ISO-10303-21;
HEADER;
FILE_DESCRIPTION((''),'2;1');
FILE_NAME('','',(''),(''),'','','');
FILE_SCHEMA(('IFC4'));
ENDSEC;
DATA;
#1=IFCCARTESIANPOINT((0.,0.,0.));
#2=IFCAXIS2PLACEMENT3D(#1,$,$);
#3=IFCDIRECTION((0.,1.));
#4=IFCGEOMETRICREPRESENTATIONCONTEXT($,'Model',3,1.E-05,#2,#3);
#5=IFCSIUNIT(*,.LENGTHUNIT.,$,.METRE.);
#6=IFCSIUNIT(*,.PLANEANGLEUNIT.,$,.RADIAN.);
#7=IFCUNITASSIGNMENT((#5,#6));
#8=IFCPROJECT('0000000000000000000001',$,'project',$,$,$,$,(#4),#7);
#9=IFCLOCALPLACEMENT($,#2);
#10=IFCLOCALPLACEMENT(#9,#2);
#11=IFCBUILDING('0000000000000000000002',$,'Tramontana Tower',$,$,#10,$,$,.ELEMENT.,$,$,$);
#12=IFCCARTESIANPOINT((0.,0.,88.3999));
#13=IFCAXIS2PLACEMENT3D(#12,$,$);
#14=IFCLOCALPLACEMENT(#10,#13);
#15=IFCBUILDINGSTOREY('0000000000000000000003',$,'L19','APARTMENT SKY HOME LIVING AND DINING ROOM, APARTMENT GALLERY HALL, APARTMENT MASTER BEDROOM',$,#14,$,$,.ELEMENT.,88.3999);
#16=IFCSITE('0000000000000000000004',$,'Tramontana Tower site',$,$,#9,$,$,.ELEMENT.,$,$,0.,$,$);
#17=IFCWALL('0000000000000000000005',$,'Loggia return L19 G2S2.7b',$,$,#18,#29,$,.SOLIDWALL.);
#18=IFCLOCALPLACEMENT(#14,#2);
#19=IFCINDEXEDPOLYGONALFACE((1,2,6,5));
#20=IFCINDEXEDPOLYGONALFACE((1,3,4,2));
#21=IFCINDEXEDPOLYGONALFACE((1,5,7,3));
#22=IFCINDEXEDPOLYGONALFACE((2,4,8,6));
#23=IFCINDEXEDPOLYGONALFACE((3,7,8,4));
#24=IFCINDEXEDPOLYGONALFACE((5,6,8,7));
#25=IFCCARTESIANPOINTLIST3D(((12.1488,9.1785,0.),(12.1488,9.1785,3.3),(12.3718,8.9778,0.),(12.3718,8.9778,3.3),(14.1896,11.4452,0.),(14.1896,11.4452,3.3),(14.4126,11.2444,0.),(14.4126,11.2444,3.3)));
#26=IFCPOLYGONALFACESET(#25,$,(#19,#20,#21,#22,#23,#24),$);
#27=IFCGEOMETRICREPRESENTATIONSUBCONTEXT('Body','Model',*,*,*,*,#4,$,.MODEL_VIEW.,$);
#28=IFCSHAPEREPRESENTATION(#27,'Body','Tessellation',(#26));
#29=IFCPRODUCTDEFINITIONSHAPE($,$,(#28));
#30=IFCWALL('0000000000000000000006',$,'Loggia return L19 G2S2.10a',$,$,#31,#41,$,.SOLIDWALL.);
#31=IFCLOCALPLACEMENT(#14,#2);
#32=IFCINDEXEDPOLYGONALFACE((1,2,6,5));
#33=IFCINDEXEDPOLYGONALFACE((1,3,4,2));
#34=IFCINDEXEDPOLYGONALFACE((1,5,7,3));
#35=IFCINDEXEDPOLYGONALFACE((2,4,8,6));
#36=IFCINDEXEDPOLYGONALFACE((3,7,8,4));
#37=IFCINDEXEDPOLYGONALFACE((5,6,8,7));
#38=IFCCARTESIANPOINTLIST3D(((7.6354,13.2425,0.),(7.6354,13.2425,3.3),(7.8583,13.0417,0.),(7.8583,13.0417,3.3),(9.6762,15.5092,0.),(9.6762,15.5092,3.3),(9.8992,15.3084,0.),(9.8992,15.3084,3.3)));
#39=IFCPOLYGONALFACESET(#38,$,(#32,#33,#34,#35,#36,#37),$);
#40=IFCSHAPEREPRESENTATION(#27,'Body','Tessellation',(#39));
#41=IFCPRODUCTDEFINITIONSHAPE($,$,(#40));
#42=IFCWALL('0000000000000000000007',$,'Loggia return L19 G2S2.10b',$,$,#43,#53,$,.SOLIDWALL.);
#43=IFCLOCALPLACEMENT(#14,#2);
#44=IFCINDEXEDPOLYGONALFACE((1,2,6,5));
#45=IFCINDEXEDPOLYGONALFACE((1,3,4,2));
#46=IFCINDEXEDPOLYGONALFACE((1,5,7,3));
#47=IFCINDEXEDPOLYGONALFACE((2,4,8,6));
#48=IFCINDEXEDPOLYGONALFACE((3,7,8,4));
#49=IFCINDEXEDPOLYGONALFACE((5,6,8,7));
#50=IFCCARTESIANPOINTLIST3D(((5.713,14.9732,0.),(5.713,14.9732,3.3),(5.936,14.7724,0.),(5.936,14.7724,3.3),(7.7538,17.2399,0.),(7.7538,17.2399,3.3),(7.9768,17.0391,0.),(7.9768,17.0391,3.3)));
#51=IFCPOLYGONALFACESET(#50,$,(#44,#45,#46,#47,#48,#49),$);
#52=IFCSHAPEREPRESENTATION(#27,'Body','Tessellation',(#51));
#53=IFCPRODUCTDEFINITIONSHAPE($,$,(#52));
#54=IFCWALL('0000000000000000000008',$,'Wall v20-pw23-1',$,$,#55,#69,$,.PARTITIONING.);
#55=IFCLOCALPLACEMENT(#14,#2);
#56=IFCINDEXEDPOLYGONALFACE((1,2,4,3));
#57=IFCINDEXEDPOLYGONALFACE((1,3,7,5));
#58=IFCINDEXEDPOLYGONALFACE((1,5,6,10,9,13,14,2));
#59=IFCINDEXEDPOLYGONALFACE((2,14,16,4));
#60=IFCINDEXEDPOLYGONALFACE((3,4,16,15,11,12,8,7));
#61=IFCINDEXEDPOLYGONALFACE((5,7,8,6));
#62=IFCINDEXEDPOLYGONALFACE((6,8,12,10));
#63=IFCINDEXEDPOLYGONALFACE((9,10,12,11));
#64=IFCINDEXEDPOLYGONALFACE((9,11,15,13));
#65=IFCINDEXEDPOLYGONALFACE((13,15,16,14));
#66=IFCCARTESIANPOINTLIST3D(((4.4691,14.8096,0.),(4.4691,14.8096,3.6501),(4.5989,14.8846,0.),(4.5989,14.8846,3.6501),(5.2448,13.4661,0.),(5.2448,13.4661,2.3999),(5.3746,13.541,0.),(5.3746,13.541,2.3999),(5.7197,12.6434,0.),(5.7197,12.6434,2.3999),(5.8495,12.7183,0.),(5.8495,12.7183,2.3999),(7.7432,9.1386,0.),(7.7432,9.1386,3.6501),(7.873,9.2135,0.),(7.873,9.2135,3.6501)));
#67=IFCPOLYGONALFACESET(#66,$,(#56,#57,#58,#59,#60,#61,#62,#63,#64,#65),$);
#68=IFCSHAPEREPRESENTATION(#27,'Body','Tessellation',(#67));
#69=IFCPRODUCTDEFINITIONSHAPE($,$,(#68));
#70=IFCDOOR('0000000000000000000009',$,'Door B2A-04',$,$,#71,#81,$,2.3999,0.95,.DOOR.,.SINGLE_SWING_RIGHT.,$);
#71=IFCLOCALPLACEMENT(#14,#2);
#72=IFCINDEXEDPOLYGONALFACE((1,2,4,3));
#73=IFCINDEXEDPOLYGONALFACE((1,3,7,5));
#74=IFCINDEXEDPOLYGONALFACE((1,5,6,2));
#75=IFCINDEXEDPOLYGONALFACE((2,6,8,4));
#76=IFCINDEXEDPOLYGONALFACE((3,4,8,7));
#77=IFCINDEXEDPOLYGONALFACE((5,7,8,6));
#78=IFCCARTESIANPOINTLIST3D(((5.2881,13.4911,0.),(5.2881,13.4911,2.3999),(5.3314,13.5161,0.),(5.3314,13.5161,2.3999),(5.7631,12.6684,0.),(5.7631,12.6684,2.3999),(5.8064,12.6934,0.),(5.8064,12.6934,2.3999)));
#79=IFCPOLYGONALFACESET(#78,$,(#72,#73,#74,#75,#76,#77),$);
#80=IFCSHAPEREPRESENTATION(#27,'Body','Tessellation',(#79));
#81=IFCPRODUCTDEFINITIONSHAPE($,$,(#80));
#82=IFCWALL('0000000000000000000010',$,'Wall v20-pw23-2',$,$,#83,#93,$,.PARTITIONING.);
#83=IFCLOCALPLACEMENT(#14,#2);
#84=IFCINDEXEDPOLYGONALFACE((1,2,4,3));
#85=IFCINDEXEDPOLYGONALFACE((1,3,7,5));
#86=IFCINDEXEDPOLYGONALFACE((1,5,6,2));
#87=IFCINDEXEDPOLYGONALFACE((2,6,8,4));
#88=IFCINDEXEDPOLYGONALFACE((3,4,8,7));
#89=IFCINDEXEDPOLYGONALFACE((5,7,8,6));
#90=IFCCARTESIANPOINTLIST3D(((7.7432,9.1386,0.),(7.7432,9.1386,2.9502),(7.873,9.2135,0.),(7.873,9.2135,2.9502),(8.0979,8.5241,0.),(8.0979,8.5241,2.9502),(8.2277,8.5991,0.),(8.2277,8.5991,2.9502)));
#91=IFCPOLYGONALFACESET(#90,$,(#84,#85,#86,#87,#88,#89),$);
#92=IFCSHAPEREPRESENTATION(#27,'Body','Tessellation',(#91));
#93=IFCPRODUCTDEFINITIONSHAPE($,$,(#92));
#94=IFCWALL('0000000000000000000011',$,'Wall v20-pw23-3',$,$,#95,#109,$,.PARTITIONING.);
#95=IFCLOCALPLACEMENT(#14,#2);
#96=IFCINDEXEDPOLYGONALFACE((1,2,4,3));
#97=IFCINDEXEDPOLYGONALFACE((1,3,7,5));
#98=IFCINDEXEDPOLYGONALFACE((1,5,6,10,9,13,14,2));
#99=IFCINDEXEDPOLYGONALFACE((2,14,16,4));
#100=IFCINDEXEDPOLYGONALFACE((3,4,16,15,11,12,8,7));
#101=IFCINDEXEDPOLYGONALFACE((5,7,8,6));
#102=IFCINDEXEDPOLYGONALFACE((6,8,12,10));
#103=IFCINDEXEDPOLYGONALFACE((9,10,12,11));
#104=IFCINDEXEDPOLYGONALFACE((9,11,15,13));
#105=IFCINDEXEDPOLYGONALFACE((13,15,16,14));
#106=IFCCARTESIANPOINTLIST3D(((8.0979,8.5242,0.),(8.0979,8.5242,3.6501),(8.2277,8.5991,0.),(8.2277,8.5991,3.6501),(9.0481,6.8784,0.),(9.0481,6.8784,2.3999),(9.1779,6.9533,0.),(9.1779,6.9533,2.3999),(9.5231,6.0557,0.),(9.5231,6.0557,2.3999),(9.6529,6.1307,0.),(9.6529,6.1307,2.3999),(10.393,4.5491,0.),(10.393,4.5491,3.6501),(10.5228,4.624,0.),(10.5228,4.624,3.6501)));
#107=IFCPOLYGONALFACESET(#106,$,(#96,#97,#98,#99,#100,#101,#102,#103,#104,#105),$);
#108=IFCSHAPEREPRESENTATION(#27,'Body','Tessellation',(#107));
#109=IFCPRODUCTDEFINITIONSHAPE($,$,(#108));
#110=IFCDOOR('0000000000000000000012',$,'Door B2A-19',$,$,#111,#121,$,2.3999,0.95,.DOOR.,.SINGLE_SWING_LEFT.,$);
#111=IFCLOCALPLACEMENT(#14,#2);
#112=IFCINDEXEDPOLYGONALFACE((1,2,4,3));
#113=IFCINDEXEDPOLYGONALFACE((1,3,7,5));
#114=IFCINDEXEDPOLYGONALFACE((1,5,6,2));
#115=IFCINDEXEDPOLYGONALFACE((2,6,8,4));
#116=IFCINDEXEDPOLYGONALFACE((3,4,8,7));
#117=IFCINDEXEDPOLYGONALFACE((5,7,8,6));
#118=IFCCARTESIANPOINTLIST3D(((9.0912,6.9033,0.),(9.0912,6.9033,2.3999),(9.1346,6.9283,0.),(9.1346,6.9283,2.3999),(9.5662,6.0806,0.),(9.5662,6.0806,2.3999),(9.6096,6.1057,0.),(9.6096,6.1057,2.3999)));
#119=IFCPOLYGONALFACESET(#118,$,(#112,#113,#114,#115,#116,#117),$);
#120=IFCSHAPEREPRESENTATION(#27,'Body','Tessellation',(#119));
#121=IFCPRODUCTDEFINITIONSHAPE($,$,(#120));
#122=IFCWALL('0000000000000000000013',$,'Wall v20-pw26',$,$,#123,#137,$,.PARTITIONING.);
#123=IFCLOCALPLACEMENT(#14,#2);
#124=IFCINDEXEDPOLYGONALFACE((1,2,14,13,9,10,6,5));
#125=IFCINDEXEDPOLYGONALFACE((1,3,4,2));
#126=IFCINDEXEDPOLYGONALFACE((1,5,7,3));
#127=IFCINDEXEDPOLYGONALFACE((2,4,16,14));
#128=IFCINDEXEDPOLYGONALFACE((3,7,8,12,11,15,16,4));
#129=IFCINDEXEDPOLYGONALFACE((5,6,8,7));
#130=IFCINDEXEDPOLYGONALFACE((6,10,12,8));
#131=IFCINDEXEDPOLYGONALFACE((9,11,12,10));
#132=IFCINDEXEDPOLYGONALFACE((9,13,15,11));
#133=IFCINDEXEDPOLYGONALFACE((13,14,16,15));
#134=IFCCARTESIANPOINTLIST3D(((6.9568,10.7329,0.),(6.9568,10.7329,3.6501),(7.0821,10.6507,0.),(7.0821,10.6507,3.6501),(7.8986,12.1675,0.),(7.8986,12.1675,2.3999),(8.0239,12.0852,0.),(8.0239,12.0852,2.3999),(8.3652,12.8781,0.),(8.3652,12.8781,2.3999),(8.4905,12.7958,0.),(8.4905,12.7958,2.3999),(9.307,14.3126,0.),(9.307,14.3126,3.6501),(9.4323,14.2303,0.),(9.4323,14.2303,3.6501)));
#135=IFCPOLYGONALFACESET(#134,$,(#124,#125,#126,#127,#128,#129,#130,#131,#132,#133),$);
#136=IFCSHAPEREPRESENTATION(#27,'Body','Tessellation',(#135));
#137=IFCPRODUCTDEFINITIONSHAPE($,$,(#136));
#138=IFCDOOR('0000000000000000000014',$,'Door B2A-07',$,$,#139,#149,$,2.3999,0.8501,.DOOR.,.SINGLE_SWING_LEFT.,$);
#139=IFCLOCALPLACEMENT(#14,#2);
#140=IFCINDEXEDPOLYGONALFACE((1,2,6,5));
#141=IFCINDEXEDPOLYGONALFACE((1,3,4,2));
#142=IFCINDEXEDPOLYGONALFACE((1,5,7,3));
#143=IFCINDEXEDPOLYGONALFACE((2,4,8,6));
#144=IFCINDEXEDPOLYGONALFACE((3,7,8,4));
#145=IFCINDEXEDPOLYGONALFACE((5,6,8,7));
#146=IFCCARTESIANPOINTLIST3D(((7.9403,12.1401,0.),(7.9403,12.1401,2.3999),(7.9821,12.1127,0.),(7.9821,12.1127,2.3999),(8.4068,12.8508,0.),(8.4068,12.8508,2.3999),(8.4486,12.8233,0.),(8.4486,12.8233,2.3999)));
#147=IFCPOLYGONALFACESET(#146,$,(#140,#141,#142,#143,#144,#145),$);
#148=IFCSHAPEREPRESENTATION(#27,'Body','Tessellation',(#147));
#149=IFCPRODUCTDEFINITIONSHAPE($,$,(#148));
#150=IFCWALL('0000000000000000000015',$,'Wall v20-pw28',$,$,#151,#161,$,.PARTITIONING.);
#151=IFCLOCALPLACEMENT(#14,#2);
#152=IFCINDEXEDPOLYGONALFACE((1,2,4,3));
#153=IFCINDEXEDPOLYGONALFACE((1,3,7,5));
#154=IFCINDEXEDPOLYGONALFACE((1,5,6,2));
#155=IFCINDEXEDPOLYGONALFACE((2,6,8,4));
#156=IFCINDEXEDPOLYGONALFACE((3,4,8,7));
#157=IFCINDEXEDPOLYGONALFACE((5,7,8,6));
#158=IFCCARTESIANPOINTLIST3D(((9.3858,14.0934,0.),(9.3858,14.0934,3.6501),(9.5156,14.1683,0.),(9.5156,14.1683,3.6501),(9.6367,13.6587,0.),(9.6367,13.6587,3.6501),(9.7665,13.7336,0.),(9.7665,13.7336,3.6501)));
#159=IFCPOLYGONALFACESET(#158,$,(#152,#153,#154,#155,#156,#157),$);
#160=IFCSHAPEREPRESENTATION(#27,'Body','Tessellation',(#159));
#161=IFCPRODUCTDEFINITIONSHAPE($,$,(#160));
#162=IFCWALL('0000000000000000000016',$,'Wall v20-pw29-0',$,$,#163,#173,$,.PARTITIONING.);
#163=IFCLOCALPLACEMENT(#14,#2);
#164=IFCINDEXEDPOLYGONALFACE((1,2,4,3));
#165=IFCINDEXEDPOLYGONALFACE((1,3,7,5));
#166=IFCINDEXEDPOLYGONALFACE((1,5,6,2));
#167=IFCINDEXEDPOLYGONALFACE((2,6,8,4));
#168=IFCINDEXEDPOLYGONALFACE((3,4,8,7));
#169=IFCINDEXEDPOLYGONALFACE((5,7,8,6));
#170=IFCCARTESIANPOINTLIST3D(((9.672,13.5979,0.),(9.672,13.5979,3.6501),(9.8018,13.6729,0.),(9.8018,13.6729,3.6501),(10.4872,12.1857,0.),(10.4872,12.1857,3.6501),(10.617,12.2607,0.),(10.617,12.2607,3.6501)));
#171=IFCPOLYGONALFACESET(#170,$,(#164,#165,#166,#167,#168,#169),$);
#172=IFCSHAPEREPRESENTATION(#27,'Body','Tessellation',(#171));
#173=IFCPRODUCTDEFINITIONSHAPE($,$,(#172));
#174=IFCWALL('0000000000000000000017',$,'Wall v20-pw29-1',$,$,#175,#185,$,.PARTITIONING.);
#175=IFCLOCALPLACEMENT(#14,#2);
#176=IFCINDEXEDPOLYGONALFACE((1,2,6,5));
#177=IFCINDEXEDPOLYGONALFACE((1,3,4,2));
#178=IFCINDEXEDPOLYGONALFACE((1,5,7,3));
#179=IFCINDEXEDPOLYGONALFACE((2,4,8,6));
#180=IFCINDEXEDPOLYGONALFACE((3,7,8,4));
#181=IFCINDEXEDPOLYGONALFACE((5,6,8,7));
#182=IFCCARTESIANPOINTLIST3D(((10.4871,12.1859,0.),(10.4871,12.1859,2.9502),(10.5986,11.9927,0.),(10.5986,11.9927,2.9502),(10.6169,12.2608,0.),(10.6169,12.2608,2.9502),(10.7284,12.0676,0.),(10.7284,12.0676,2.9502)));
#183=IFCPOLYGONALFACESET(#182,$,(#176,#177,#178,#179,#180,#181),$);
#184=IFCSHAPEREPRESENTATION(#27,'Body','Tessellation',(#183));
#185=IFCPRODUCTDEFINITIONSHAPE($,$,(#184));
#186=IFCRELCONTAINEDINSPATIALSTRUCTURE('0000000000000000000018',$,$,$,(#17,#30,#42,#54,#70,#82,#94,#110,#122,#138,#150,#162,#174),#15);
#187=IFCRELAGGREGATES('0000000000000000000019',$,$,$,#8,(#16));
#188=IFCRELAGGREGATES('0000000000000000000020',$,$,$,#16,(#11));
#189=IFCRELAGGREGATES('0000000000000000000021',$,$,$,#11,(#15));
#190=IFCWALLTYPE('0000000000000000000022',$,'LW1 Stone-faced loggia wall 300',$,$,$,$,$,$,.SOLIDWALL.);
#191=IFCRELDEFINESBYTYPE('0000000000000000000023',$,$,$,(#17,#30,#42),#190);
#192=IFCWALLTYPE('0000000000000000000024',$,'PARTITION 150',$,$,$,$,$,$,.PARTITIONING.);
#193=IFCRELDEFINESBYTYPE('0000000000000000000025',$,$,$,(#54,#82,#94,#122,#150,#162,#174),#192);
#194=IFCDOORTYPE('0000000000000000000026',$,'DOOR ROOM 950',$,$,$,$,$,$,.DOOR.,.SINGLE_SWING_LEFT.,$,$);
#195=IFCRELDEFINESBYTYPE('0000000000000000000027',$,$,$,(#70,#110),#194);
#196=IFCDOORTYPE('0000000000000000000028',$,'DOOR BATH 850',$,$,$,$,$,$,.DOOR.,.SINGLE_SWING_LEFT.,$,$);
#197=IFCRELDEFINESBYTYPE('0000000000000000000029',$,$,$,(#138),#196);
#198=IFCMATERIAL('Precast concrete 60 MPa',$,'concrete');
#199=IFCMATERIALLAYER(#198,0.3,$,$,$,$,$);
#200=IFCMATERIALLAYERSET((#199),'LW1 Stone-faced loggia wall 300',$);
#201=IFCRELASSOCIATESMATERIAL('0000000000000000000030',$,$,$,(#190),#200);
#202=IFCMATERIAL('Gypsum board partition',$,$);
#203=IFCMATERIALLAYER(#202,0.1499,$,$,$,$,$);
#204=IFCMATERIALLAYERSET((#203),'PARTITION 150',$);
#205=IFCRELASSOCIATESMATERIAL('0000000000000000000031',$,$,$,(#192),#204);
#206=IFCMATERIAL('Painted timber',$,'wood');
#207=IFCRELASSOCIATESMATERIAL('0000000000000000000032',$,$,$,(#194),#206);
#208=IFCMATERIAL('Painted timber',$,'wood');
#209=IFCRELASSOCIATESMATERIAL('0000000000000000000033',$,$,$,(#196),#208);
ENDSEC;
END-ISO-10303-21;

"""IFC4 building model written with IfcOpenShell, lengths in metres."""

from ifc_helpers import new_model, si_unit, direction, frame, frame_2d, origin, place, context, subcontext, project, spatial, rectangle, extrude, material, layer, layer_set, type_object, element, fill, save


model = new_model("IFC4")

# Units and contexts
model_context = context("Model", 3, precision=1e-05, world=origin(), true_north=direction((0.0, 1.0)))
body_context = subcontext(model_context, "Body", "Model", "MODEL_VIEW")
ifc_project = project(units=[si_unit("LENGTHUNIT", "METRE"), si_unit("PLANEANGLEUNIT", "RADIAN")], contexts=[model_context])

# Site, building, storey
site_placement = place(None, origin())
site = spatial("IfcSite", under=ifc_project, at=site_placement, Name="Tramontana Tower site", CompositionType="ELEMENT", RefElevation=0.0)
building_placement = place(site_placement, origin())
building = spatial("IfcBuilding", under=site, at=building_placement, Name="Tramontana Tower", CompositionType="ELEMENT")
storey_placement = place(building_placement, frame((0.0, 0.0, 88.3999)))
storey = spatial("IfcBuildingStorey", under=building, at=storey_placement, Name="L19", Description="APARTMENT SKY HOME LIVING AND DINING ROOM, APARTMENT GALLERY HALL, APARTMENT MASTER BEDROOM", CompositionType="ELEMENT", Elevation=88.3999)

# Shared definitions
ifc_material_1 = material(Name="Precast concrete 60 MPa", Category="concrete")
ifc_layer_1 = layer(ifc_material_1, 0.3)
ifc_layer_set_1 = layer_set([ifc_layer_1], Name="LW1 Stone-faced loggia wall 300")
wall_type_1 = type_object("IfcWallType", Name="LW1 Stone-faced loggia wall 300", PredefinedType="SOLIDWALL", material=ifc_layer_set_1)

# Walls
for number, where, z_axis, x_axis, name in (
    (1, (14.301, 11.3447, 0.0), (0.0, 0.0, 1.0), (-0.669115, -0.743159, 0.0), "Loggia return L19 G2S2.7b"),
    (2, (9.7876, 15.4087, 0.0), (0.0, 0.0, 1.0), (-0.669115, -0.743159, 0.0), "Loggia return L19 G2S2.10a"),
    (3, (7.8652, 17.1394, 0.0), (0.0, 0.0, 1.0), (-0.669115, -0.743159, 0.0), "Loggia return L19 G2S2.10b"),
):
    element("IfcWall", number, at=place(storey_placement, frame(where, z_axis=z_axis, x_axis=x_axis)), inside=storey, type_object=wall_type_1, Name=name, PredefinedType="SOLIDWALL", context=body_context, shape_type="SweptSolid", body=[
        extrude(rectangle(XDim=3.05, YDim=0.3, at=frame_2d((1.5249, 0.0))), origin(), (0.0, 0.0, 1.0), 3.3),
    ])

# Wall, opening, door
ifc_material_2 = material(Name="Gypsum board partition")
ifc_layer_2 = layer(ifc_material_2, 0.1499)
ifc_layer_set_2 = layer_set([ifc_layer_2], Name="PARTITION 150")
wall_type_2 = type_object("IfcWallType", Name="PARTITION 150", PredefinedType="PARTITIONING", material=ifc_layer_set_2)
wall_1_placement = place(storey_placement, frame((7.8081, 9.176, 0.0), z_axis=(0.0, 0.0, 1.0), x_axis=(-0.499992, 0.86603, 0.0)))
wall_1 = element("IfcWall", 4, at=wall_1_placement, inside=storey, type_object=wall_type_2, Name="Wall v20-pw23-1", PredefinedType="PARTITIONING", context=body_context, shape_type="SweptSolid", body=[
    extrude(rectangle(XDim=6.5483, YDim=0.1499, at=frame_2d((3.2742, 0.0))), origin(), (0.0, 0.0, 1.0), 3.6501),
])
opening_1_placement = place(wall_1_placement, frame((4.0469, 0.0, 0.0)))
opening_1 = element("IfcOpeningElement", 5, at=opening_1_placement, cuts=wall_1, PredefinedType="OPENING", context=body_context, shape_type="SweptSolid", body=[
    extrude(rectangle(XDim=0.95, YDim=2.3999, at=frame_2d((0.4751, 1.2))), frame((0.0, 0.085, 0.0), z_axis=(0.0, -1.0, 0.0), x_axis=(1.0, 0.0, 0.0)), (0.0, 0.0, 1.0), 0.1699),
])
ifc_material_3 = material(Name="Painted timber", Category="wood")
door_type_1 = type_object("IfcDoorType", Name="DOOR ROOM 950", OperationType="SINGLE_SWING_LEFT", PredefinedType="DOOR", material=ifc_material_3)
door_1_placement = place(opening_1_placement, origin())
door_1 = element("IfcDoor", 6, at=door_1_placement, inside=storey, type_object=door_type_1, Name="Door B2A-04", OperationType="SINGLE_SWING_RIGHT", OverallHeight=2.3999, OverallWidth=0.95, PredefinedType="DOOR", context=body_context, shape_type="SweptSolid", body=[
    extrude(rectangle(XDim=0.95, YDim=2.3999, at=frame_2d((0.4751, 1.2))), frame((0.0, 0.0249, 0.0), z_axis=(0.0, -1.0, 0.0), x_axis=(1.0, 0.0, 0.0)), (0.0, 0.0, 1.0), 0.05),
])
fill(opening_1, door_1)

# Wall
wall_2_placement = place(storey_placement, frame((7.8081, 9.176, 0.0), z_axis=(0.0, 0.0, 1.0), x_axis=(0.499951, -0.866054, 0.0)))
element("IfcWall", 7, at=wall_2_placement, inside=storey, type_object=wall_type_2, Name="Wall v20-pw23-2", PredefinedType="PARTITIONING", context=body_context, shape_type="SweptSolid", body=[
    extrude(rectangle(XDim=0.7095, YDim=0.1499, at=frame_2d((0.3547, 0.0))), origin(), (0.0, 0.0, 1.0), 2.9502),
])

# Walls, openings, doors
wall_3_placement = place(storey_placement, frame((8.1628, 8.5615, 0.0), z_axis=(0.0, 0.0, 1.0), x_axis=(0.500023, -0.866012, 0.0)))
wall_3 = element("IfcWall", 8, at=wall_3_placement, inside=storey, type_object=wall_type_2, Name="Wall v20-pw23-3", PredefinedType="PARTITIONING", context=body_context, shape_type="SweptSolid", body=[
    extrude(rectangle(XDim=4.5901, YDim=0.1499, at=frame_2d((2.2949, 0.0))), origin(), (0.0, 0.0, 1.0), 3.6501),
])
opening_2_placement = place(wall_3_placement, frame((1.9001, 0.0, 0.0)))
opening_2 = element("IfcOpeningElement", 9, at=opening_2_placement, cuts=wall_3, PredefinedType="OPENING", context=body_context, shape_type="SweptSolid", body=[
    extrude(rectangle(XDim=0.95, YDim=2.3999, at=frame_2d((0.4751, 1.2))), frame((0.0, 0.085, 0.0), z_axis=(0.0, -1.0, 0.0), x_axis=(1.0, 0.0, 0.0)), (0.0, 0.0, 1.0), 0.1699),
])
door_2_placement = place(opening_2_placement, origin())
door_2 = element("IfcDoor", 10, at=door_2_placement, inside=storey, type_object=door_type_1, Name="Door B2A-19", OperationType="SINGLE_SWING_LEFT", OverallHeight=2.3999, OverallWidth=0.95, PredefinedType="DOOR", context=body_context, shape_type="SweptSolid", body=[
    extrude(rectangle(XDim=0.95, YDim=2.3999, at=frame_2d((0.4751, 1.2))), frame((0.0, 0.0249, 0.0), z_axis=(0.0, -1.0, 0.0), x_axis=(1.0, 0.0, 0.0)), (0.0, 0.0, 1.0), 0.05),
])
fill(opening_2, door_2)
wall_4_placement = place(storey_placement, frame((9.3696, 14.2715, 0.0), z_axis=(0.0, 0.0, 1.0), x_axis=(-0.548818, -0.835942, 0.0)))
wall_4 = element("IfcWall", 11, at=wall_4_placement, inside=storey, type_object=wall_type_2, Name="Wall v20-pw26", PredefinedType="PARTITIONING", context=body_context, shape_type="SweptSolid", body=[
    extrude(rectangle(XDim=4.2822, YDim=0.1499, at=frame_2d((2.1411, 0.0))), origin(), (0.0, 0.0, 1.0), 3.6501),
])
opening_3_placement = place(wall_4_placement, frame((1.7161, 0.0, 0.0)))
opening_3 = element("IfcOpeningElement", 12, at=opening_3_placement, cuts=wall_4, PredefinedType="OPENING", context=body_context, shape_type="SweptSolid", body=[
    extrude(rectangle(XDim=0.8501, YDim=2.3999, at=frame_2d((0.425, 1.2))), frame((0.0, 0.085, 0.0), z_axis=(0.0, -1.0, 0.0), x_axis=(1.0, 0.0, 0.0)), (0.0, 0.0, 1.0), 0.1699),
])
ifc_material_4 = material(Name="Painted timber", Category="wood")
door_type_2 = type_object("IfcDoorType", Name="DOOR BATH 850", OperationType="SINGLE_SWING_LEFT", PredefinedType="DOOR", material=ifc_material_4)
door_3_placement = place(opening_3_placement, origin())
door_3 = element("IfcDoor", 13, at=door_3_placement, inside=storey, type_object=door_type_2, Name="Door B2A-07", OperationType="SINGLE_SWING_LEFT", OverallHeight=2.3999, OverallWidth=0.8501, PredefinedType="DOOR", context=body_context, shape_type="SweptSolid", body=[
    extrude(rectangle(XDim=0.8501, YDim=2.3999, at=frame_2d((0.425, 1.2))), frame((0.0, 0.0249, 0.0), z_axis=(0.0, -1.0, 0.0), x_axis=(1.0, 0.0, 0.0)), (0.0, 0.0, 1.0), 0.05),
])
fill(opening_3, door_3)

# Walls
wall_5_placement = place(storey_placement, frame((9.4507, 14.1309, 0.0), z_axis=(0.0, 0.0, 1.0), x_axis=(0.499905, -0.86608, 0.0)))
element("IfcWall", 14, at=wall_5_placement, inside=storey, type_object=wall_type_2, Name="Wall v20-pw28", PredefinedType="PARTITIONING", context=body_context, shape_type="SweptSolid", body=[
    extrude(rectangle(XDim=0.502, YDim=0.1499, at=frame_2d((0.251, 0.0))), origin(), (0.0, 0.0, 1.0), 3.6501),
])
wall_6_placement = place(storey_placement, frame((9.7368, 13.6355, 0.0), z_axis=(0.0, 0.0, 1.0), x_axis=(0.499956, -0.866051, 0.0)))
element("IfcWall", 15, at=wall_6_placement, inside=storey, type_object=wall_type_2, Name="Wall v20-pw29-0", PredefinedType="PARTITIONING", context=body_context, shape_type="SweptSolid", body=[
    extrude(rectangle(XDim=1.6306, YDim=0.1499, at=frame_2d((0.8154, 0.0))), origin(), (0.0, 0.0, 1.0), 3.6501),
])
wall_7_placement = place(storey_placement, frame((10.552, 12.2234, 0.0), z_axis=(0.0, 0.0, 1.0), x_axis=(0.499786, -0.866149, 0.0)))
element("IfcWall", 16, at=wall_7_placement, inside=storey, type_object=wall_type_2, Name="Wall v20-pw29-1", PredefinedType="PARTITIONING", context=body_context, shape_type="SweptSolid", body=[
    extrude(rectangle(XDim=0.2231, YDim=0.1499, at=frame_2d((0.1116, 0.0))), origin(), (0.0, 0.0, 1.0), 2.9502),
])

save(model, "model.ifc")
